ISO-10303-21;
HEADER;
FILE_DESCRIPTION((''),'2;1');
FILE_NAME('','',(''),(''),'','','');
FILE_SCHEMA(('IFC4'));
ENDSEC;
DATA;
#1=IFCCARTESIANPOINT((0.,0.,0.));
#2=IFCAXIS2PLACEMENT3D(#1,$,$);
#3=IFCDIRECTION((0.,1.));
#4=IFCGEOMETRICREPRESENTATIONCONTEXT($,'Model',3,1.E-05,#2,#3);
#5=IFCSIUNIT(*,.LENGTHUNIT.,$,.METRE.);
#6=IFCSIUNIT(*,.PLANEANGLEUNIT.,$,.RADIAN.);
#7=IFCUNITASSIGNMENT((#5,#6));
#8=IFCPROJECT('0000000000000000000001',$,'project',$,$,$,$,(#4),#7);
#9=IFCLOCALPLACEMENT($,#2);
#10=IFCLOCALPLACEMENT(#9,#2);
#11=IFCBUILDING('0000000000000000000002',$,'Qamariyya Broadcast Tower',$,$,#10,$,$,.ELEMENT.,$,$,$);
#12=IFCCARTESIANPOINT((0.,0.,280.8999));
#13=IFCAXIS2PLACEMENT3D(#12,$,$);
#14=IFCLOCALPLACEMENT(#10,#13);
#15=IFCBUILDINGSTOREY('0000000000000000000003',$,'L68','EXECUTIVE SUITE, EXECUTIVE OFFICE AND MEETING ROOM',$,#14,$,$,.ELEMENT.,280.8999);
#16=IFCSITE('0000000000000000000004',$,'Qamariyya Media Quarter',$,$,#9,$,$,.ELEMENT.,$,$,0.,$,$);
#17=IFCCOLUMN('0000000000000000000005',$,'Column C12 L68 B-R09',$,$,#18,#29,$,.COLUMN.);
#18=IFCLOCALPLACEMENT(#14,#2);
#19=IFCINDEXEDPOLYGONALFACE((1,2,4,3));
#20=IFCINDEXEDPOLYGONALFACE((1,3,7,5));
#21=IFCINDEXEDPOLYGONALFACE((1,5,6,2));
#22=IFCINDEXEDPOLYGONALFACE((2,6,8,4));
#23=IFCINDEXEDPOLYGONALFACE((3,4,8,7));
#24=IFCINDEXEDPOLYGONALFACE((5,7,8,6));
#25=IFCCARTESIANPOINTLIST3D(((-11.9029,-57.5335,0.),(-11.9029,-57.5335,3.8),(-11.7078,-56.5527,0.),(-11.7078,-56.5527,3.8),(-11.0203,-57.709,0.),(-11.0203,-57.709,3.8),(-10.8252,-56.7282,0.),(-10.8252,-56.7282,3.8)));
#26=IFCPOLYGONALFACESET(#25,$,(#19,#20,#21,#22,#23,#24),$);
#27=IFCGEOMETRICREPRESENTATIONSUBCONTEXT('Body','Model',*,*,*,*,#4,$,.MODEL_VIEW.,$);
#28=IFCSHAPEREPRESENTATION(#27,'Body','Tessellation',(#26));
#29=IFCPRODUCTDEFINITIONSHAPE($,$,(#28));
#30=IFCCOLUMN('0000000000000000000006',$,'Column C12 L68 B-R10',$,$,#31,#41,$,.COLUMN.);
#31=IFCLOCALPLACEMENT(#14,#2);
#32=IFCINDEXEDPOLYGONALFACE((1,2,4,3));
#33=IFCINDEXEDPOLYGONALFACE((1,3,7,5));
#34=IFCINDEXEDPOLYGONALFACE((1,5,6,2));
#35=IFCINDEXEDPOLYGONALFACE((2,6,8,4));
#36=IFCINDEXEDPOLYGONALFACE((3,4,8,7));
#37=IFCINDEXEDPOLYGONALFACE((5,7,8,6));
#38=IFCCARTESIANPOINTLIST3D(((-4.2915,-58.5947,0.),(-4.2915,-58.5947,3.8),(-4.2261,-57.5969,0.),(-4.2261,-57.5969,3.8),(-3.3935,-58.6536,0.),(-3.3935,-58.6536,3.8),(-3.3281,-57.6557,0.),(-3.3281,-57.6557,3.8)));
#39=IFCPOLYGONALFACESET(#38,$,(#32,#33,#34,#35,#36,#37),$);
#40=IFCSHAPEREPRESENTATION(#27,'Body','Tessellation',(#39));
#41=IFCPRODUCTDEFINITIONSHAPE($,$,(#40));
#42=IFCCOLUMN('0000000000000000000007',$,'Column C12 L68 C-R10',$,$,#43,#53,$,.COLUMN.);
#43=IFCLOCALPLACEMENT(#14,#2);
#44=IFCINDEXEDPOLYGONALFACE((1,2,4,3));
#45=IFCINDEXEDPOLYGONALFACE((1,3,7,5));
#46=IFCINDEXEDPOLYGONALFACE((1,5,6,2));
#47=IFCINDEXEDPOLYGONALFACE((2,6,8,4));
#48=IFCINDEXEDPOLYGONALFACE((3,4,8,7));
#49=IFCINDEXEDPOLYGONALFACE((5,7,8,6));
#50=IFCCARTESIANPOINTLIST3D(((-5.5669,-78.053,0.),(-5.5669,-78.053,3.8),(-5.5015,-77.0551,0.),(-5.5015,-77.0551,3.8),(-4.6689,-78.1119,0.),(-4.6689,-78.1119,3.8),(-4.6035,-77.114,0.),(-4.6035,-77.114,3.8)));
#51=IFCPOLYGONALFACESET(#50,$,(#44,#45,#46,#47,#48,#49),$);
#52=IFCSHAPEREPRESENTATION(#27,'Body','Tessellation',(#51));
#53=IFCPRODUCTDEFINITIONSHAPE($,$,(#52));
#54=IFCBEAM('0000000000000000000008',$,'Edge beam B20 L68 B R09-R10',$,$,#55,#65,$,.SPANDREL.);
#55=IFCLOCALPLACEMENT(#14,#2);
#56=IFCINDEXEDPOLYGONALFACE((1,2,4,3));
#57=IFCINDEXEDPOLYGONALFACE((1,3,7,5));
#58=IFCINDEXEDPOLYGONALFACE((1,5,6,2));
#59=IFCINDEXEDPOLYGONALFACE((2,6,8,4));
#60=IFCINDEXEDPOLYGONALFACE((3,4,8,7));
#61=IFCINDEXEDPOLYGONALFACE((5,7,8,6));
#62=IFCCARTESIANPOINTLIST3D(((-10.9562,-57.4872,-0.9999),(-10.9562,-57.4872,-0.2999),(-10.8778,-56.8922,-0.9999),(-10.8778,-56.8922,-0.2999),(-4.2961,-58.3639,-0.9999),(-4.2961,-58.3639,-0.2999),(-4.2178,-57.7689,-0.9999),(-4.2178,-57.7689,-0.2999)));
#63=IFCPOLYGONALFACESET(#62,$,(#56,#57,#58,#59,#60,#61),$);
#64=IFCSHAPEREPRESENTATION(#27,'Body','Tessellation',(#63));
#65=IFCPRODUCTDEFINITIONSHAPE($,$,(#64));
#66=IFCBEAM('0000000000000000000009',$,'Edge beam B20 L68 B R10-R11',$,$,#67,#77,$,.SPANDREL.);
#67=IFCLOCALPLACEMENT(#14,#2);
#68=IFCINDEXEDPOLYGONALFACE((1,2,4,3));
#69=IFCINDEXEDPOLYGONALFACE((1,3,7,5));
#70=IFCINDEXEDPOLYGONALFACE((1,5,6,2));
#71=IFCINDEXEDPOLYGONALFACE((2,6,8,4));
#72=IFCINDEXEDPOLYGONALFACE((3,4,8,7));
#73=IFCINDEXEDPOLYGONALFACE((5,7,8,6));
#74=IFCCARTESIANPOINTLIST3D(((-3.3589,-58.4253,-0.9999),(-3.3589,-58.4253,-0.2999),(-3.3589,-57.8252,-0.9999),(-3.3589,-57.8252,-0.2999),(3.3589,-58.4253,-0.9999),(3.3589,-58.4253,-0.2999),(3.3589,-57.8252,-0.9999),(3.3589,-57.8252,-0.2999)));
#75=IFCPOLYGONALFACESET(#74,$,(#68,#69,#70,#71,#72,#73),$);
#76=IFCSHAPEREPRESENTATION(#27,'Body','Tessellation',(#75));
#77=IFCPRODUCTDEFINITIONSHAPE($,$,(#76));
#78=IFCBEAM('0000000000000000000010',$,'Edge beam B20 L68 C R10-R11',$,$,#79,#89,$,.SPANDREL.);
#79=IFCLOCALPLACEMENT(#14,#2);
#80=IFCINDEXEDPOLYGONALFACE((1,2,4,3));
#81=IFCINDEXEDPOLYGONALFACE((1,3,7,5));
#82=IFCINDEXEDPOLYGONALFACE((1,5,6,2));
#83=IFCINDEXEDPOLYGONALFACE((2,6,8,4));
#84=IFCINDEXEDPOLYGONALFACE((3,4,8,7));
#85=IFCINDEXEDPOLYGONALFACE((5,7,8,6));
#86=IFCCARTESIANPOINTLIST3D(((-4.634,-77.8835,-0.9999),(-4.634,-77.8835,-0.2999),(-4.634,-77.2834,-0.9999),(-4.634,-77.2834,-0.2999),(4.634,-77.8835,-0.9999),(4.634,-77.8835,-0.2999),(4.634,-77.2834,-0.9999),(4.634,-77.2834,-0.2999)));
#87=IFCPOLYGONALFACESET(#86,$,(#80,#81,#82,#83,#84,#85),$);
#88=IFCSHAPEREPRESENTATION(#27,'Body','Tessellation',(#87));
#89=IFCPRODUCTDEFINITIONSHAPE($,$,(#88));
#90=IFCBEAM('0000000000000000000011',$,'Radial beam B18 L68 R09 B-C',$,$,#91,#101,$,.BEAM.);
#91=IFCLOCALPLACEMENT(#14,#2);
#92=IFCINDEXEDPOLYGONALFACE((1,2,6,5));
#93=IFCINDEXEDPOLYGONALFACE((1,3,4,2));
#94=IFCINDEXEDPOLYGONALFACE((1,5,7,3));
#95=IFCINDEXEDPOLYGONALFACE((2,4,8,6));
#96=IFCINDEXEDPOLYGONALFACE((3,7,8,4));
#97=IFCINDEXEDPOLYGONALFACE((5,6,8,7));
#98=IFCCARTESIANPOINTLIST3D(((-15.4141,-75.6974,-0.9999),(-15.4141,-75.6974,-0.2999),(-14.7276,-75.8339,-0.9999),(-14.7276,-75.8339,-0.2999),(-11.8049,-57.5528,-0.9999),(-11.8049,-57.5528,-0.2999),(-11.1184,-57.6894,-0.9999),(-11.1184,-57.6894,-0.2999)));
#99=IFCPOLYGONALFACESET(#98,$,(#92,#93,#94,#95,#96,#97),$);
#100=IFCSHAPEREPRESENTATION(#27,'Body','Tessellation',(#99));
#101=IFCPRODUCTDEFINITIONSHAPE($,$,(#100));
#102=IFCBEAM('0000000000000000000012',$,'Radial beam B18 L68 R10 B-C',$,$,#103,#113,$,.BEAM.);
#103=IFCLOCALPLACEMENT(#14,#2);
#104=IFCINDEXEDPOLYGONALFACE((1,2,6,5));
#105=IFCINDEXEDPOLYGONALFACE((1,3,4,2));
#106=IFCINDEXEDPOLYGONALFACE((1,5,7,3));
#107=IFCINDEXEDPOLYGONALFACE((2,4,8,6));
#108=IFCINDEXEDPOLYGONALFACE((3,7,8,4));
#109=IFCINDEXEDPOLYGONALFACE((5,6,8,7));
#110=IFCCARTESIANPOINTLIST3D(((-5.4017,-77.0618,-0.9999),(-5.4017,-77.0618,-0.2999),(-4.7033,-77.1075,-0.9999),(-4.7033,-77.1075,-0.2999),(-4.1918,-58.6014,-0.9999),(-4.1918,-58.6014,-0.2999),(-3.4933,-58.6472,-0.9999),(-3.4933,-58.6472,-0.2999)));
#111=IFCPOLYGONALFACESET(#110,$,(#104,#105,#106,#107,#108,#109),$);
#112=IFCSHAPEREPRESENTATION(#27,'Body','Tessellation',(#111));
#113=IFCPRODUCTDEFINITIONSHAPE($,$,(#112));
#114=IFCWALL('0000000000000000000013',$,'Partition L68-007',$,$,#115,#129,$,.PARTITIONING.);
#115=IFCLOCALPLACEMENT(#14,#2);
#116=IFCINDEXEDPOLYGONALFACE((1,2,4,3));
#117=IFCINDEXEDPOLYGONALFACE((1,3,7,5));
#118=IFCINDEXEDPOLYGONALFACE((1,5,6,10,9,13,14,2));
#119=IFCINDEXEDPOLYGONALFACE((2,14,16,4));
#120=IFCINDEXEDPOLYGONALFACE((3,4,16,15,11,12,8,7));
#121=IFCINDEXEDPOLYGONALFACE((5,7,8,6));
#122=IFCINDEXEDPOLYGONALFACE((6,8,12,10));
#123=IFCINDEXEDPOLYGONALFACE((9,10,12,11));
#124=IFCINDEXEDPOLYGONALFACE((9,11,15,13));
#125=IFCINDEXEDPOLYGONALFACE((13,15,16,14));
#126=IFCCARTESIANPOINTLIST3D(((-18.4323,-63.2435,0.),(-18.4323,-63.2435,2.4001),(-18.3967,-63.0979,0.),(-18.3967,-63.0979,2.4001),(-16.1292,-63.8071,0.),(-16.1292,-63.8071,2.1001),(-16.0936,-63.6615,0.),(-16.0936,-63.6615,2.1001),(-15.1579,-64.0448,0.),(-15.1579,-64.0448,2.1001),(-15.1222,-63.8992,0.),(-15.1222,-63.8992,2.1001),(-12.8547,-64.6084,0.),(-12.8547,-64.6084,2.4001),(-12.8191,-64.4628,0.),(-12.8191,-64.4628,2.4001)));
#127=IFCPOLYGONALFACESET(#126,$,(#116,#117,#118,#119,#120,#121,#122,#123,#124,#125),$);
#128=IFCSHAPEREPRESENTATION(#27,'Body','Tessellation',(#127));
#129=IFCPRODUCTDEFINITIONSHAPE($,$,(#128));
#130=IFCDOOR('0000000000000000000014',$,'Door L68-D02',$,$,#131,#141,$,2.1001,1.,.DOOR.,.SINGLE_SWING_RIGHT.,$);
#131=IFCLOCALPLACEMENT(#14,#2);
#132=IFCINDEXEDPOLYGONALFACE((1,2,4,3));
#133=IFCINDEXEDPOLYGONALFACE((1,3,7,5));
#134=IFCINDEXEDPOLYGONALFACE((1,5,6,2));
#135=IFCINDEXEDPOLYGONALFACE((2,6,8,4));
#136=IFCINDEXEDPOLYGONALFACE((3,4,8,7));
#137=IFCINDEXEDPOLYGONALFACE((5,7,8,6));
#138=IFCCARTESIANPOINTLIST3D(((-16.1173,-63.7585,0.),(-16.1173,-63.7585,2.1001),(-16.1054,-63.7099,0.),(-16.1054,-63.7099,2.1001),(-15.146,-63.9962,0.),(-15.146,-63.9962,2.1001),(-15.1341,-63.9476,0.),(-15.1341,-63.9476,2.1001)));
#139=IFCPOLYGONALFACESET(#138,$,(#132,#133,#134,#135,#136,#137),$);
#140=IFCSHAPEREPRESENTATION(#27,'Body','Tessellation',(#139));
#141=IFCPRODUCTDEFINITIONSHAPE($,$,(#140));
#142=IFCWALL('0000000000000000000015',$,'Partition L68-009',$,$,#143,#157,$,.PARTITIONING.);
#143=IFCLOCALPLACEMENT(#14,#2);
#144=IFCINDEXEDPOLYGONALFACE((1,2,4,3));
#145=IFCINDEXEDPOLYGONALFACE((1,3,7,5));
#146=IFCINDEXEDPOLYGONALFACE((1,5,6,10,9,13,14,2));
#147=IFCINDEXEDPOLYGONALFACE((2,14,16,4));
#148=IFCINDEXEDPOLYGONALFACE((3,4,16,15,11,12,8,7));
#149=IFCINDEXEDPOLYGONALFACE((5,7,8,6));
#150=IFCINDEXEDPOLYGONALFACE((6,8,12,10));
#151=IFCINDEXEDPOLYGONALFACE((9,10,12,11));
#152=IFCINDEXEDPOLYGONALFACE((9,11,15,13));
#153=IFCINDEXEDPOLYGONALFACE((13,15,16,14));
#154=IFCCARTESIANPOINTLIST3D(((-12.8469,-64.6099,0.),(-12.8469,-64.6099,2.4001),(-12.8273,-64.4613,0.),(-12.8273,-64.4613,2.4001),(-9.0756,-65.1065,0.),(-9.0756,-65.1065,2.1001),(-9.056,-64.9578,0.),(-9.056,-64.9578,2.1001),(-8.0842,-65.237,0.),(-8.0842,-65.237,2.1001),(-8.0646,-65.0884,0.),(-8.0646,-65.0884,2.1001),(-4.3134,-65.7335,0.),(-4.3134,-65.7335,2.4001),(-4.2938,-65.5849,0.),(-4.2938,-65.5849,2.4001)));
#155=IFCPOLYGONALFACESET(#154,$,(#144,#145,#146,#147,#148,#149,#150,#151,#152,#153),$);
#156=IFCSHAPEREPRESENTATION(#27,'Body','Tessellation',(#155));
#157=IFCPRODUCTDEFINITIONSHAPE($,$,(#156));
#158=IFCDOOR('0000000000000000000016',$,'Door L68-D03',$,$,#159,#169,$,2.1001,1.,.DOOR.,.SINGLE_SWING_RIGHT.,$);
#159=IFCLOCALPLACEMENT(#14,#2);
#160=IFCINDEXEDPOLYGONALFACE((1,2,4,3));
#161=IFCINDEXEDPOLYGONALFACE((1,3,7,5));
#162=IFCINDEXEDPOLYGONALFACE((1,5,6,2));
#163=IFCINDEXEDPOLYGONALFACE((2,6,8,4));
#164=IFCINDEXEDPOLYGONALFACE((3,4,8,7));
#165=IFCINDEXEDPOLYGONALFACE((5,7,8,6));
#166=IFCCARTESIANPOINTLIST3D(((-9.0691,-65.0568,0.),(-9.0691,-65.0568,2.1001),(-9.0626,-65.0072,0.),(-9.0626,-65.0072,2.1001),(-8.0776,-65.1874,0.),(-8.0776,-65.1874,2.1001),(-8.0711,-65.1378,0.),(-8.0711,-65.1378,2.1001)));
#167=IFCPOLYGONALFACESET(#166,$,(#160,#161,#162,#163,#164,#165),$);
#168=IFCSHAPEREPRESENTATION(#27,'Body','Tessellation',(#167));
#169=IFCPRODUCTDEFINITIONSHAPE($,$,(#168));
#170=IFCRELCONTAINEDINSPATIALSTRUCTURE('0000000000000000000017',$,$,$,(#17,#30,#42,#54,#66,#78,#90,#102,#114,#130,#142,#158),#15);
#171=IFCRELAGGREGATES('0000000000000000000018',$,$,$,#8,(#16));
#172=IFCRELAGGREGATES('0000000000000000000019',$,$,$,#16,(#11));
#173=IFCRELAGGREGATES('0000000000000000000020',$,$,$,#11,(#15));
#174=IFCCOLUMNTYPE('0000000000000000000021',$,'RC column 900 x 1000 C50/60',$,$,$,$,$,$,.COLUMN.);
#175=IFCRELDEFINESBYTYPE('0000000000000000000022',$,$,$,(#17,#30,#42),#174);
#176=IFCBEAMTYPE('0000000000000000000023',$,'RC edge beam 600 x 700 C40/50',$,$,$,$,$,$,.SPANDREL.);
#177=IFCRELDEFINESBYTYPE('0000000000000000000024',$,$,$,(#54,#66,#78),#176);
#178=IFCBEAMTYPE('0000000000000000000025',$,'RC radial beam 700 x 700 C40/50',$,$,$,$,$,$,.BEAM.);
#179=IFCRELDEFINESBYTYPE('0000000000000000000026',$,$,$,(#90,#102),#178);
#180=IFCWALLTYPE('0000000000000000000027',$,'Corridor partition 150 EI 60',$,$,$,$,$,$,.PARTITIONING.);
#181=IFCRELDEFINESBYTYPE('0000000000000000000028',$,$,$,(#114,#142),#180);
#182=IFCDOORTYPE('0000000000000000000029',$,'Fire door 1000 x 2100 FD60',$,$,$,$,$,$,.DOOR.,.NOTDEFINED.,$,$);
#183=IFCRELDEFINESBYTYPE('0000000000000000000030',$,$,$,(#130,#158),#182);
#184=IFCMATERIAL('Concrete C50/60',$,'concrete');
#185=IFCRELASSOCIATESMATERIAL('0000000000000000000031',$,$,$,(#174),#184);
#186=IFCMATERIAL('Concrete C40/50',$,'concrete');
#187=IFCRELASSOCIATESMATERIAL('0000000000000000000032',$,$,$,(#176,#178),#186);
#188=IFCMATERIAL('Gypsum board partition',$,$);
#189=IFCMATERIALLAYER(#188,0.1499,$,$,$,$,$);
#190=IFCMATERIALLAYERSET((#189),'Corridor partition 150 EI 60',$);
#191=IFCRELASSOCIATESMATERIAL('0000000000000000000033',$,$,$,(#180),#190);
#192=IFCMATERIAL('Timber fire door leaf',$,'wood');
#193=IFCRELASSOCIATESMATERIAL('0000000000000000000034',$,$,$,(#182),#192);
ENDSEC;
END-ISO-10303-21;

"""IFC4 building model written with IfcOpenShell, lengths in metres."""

from ifc_helpers import new_model, si_unit, direction, frame, frame_2d, origin, origin_2d, place, context, subcontext, project, spatial, rectangle, extrude, material, layer, layer_set, material_profile, profile_set, type_object, element, fill, save


model = new_model("IFC4")

# Units and contexts
model_context = context("Model", 3, precision=1e-05, world=origin(), true_north=direction((0.0, 1.0)))
body_context = subcontext(model_context, "Body", "Model", "MODEL_VIEW")
ifc_project = project(units=[si_unit("LENGTHUNIT", "METRE"), si_unit("PLANEANGLEUNIT", "RADIAN")], contexts=[model_context])

# Site, building, storey
site_placement = place(None, origin())
site = spatial("IfcSite", under=ifc_project, at=site_placement, Name="Qamariyya Media Quarter", CompositionType="ELEMENT", RefElevation=0.0)
building_placement = place(site_placement, origin())
building = spatial("IfcBuilding", under=site, at=building_placement, Name="Qamariyya Broadcast Tower", CompositionType="ELEMENT")
storey_placement = place(building_placement, frame((0.0, 0.0, 280.8999)))
storey = spatial("IfcBuildingStorey", under=building, at=storey_placement, Name="L68", Description="EXECUTIVE SUITE, EXECUTIVE OFFICE AND MEETING ROOM", CompositionType="ELEMENT", Elevation=280.8999)

# Columns
ifc_material_1 = material(Name="Concrete C50/60", Category="concrete")
ifc_material_profile_1 = material_profile(ifc_material_1, rectangle(XDim=0.8999, YDim=1.0, at=origin_2d()))
ifc_profile_set_1 = profile_set([ifc_material_profile_1], Name="Concrete C50/60")
column_type = type_object("IfcColumnType", Name="RC column 900 x 1000 C50/60", PredefinedType="COLUMN", material=ifc_profile_set_1)
for number, where, z_axis, x_axis, name in (
    (1, (-11.364, -57.1309, 0.0), (0.0, 0.0, 1.0), (0.980785, -0.19509, 0.0), "Column C12 L68 B-R09"),
    (2, (-3.8098, -58.1252, 0.0), (0.0, 0.0, 1.0), (0.997859, -0.065403, 0.0), "Column C12 L68 B-R10"),
    (3, (-5.0852, -77.5835, 0.0), (0.0, 0.0, 1.0), (0.997859, -0.065403, 0.0), "Column C12 L68 C-R10"),
):
    element("IfcColumn", number, at=place(storey_placement, frame(where, z_axis=z_axis, x_axis=x_axis)), inside=storey, type_object=column_type, Name=name, PredefinedType="COLUMN", context=body_context, shape_type="SweptSolid", body=[
        extrude(rectangle(XDim=0.8999, YDim=1.0, at=origin_2d()), origin(), (0.0, 0.0, 1.0), 3.8),
    ])

# Beams
ifc_material_2 = material(Name="Concrete C40/50", Category="concrete")
ifc_material_profile_2 = material_profile(ifc_material_2, rectangle(XDim=0.6001, YDim=0.7, at=origin_2d()))
ifc_profile_set_2 = profile_set([ifc_material_profile_2], Name="Concrete C40/50")
beam_type_1 = type_object("IfcBeamType", Name="RC edge beam 600 x 700 C40/50", PredefinedType="SPANDREL", material=ifc_profile_set_2)
beam_1_placement = place(storey_placement, frame((-10.917, -57.1897, -0.6499), z_axis=(0.991447, -0.130509, 0.0), x_axis=(0.130509, 0.991447, 0.0)))
element("IfcBeam", 4, at=beam_1_placement, inside=storey, type_object=beam_type_1, Name="Edge beam B20 L68 B R09-R10", PredefinedType="SPANDREL", context=body_context, shape_type="SweptSolid", body=[
    extrude(rectangle(XDim=0.6001, YDim=0.7, at=origin_2d()), origin(), (0.0, 0.0, 1.0), 6.7175),
])
beam_2_placement = place(storey_placement, frame((-3.3589, -58.1252, -0.6499), z_axis=(1.0, 0.0, 0.0), x_axis=(0.0, 1.0, 0.0)))
element("IfcBeam", 5, at=beam_2_placement, inside=storey, type_object=beam_type_1, Name="Edge beam B20 L68 B R10-R11", PredefinedType="SPANDREL", context=body_context, shape_type="SweptSolid", body=[
    extrude(rectangle(XDim=0.6001, YDim=0.7, at=origin_2d()), origin(), (0.0, 0.0, 1.0), 6.7178),
])
beam_3_placement = place(storey_placement, frame((-4.634, -77.5835, -0.6499), z_axis=(1.0, 0.0, 0.0), x_axis=(0.0, 1.0, 0.0)))
element("IfcBeam", 6, at=beam_3_placement, inside=storey, type_object=beam_type_1, Name="Edge beam B20 L68 C R10-R11", PredefinedType="SPANDREL", context=body_context, shape_type="SweptSolid", body=[
    extrude(rectangle(XDim=0.6001, YDim=0.7, at=origin_2d()), origin(), (0.0, 0.0, 1.0), 9.2681),
])
ifc_material_profile_3 = material_profile(ifc_material_2, rectangle(XDim=0.7, YDim=0.7, at=origin_2d()))
ifc_profile_set_3 = profile_set([ifc_material_profile_3], Name="Concrete C40/50")
beam_type_2 = type_object("IfcBeamType", Name="RC radial beam 700 x 700 C40/50", PredefinedType="BEAM", material=ifc_profile_set_3)
for number, where, z_axis, x_axis, name in (
    (7, (-11.4617, -57.6211, -0.6499), (-0.195088, -0.980786, 0.0), (0.980786, -0.195088, 0.0), "Radial beam B18 L68 R09 B-C"),
    (8, (-3.8425, -58.6243, -0.6499), (-0.065403, -0.997859, 0.0), (0.997859, -0.065403, 0.0), "Radial beam B18 L68 R10 B-C"),
):
    element("IfcBeam", number, at=place(storey_placement, frame(where, z_axis=z_axis, x_axis=x_axis)), inside=storey, type_object=beam_type_2, Name=name, PredefinedType="BEAM", context=body_context, shape_type="SweptSolid", body=[
        extrude(rectangle(XDim=0.7, YDim=0.7, at=origin_2d()), origin(), (0.0, 0.0, 1.0), 18.5),
    ])

# Walls, openings, doors
ifc_material_3 = material(Name="Gypsum board partition")
ifc_layer_1 = layer(ifc_material_3, 0.1499)
ifc_layer_set_1 = layer_set([ifc_layer_1], Name="Corridor partition 150 EI 60")
wall_type_1 = type_object("IfcWallType", Name="Corridor partition 150 EI 60", PredefinedType="PARTITIONING", material=ifc_layer_set_1)
wall_1_placement = place(storey_placement, frame((-12.8369, -64.5356, 0.0), z_axis=(0.0, 0.0, 1.0), x_axis=(-0.971336, 0.237711, 0.0)))
wall_1 = element("IfcWall", 9, at=wall_1_placement, inside=storey, type_object=wall_type_1, Name="Partition L68-007", PredefinedType="PARTITIONING", context=body_context, shape_type="SweptSolid", body=[
    extrude(rectangle(XDim=5.7422, YDim=0.1499, at=frame_2d((2.8711, 0.0))), origin(), (0.0, 0.0, 1.0), 2.4001),
])
opening_1_placement = place(wall_1_placement, frame((2.3711, 0.0, 0.0)))
opening_1 = element("IfcOpeningElement", 10, at=opening_1_placement, cuts=wall_1, PredefinedType="OPENING", context=body_context, shape_type="SweptSolid", body=[
    extrude(rectangle(XDim=1.0, YDim=2.1001, at=frame_2d((0.5, 1.05))), frame((0.0, 0.085, 0.0), z_axis=(0.0, -1.0, 0.0), x_axis=(1.0, 0.0, 0.0)), (0.0, 0.0, 1.0), 0.1699),
])
ifc_material_4 = material(Name="Timber fire door leaf", Category="wood")
door_type_1 = type_object("IfcDoorType", Name="Fire door 1000 x 2100 FD60", OperationType="NOTDEFINED", PredefinedType="DOOR", material=ifc_material_4)
door_1_placement = place(opening_1_placement, origin())
door_1 = element("IfcDoor", 11, at=door_1_placement, inside=storey, type_object=door_type_1, Name="Door L68-D02", OperationType="SINGLE_SWING_RIGHT", OverallHeight=2.1001, OverallWidth=1.0, PredefinedType="DOOR", context=body_context, shape_type="SweptSolid", body=[
    extrude(rectangle(XDim=1.0, YDim=2.1001, at=frame_2d((0.5, 1.05))), frame((0.0, 0.0249, 0.0), z_axis=(0.0, -1.0, 0.0), x_axis=(1.0, 0.0, 0.0)), (0.0, 0.0, 1.0), 0.05),
])
fill(opening_1, door_1)
wall_2_placement = place(storey_placement, frame((-4.3035, -65.6592, 0.0), z_axis=(0.0, 0.0, 1.0), x_axis=(-0.991444, 0.130536, 0.0)))
wall_2 = element("IfcWall", 12, at=wall_2_placement, inside=storey, type_object=wall_type_1, Name="Partition L68-009", PredefinedType="PARTITIONING", context=body_context, shape_type="SweptSolid", body=[
    extrude(rectangle(XDim=8.6072, YDim=0.1499, at=frame_2d((4.3037, 0.0))), origin(), (0.0, 0.0, 1.0), 2.4001),
])
opening_2_placement = place(wall_2_placement, frame((3.8035, 0.0, 0.0)))
opening_2 = element("IfcOpeningElement", 13, at=opening_2_placement, cuts=wall_2, PredefinedType="OPENING", context=body_context, shape_type="SweptSolid", body=[
    extrude(rectangle(XDim=1.0, YDim=2.1001, at=frame_2d((0.5, 1.05))), frame((0.0, 0.085, 0.0), z_axis=(0.0, -1.0, 0.0), x_axis=(1.0, 0.0, 0.0)), (0.0, 0.0, 1.0), 0.1699),
])
door_2_placement = place(opening_2_placement, origin())
door_2 = element("IfcDoor", 14, at=door_2_placement, inside=storey, type_object=door_type_1, Name="Door L68-D03", OperationType="SINGLE_SWING_RIGHT", OverallHeight=2.1001, OverallWidth=1.0, PredefinedType="DOOR", context=body_context, shape_type="SweptSolid", body=[
    extrude(rectangle(XDim=1.0, YDim=2.1001, at=frame_2d((0.5, 1.05))), frame((0.0, 0.0249, 0.0), z_axis=(0.0, -1.0, 0.0), x_axis=(1.0, 0.0, 0.0)), (0.0, 0.0, 1.0), 0.05),
])
fill(opening_2, door_2)

save(model, "model.ifc")
